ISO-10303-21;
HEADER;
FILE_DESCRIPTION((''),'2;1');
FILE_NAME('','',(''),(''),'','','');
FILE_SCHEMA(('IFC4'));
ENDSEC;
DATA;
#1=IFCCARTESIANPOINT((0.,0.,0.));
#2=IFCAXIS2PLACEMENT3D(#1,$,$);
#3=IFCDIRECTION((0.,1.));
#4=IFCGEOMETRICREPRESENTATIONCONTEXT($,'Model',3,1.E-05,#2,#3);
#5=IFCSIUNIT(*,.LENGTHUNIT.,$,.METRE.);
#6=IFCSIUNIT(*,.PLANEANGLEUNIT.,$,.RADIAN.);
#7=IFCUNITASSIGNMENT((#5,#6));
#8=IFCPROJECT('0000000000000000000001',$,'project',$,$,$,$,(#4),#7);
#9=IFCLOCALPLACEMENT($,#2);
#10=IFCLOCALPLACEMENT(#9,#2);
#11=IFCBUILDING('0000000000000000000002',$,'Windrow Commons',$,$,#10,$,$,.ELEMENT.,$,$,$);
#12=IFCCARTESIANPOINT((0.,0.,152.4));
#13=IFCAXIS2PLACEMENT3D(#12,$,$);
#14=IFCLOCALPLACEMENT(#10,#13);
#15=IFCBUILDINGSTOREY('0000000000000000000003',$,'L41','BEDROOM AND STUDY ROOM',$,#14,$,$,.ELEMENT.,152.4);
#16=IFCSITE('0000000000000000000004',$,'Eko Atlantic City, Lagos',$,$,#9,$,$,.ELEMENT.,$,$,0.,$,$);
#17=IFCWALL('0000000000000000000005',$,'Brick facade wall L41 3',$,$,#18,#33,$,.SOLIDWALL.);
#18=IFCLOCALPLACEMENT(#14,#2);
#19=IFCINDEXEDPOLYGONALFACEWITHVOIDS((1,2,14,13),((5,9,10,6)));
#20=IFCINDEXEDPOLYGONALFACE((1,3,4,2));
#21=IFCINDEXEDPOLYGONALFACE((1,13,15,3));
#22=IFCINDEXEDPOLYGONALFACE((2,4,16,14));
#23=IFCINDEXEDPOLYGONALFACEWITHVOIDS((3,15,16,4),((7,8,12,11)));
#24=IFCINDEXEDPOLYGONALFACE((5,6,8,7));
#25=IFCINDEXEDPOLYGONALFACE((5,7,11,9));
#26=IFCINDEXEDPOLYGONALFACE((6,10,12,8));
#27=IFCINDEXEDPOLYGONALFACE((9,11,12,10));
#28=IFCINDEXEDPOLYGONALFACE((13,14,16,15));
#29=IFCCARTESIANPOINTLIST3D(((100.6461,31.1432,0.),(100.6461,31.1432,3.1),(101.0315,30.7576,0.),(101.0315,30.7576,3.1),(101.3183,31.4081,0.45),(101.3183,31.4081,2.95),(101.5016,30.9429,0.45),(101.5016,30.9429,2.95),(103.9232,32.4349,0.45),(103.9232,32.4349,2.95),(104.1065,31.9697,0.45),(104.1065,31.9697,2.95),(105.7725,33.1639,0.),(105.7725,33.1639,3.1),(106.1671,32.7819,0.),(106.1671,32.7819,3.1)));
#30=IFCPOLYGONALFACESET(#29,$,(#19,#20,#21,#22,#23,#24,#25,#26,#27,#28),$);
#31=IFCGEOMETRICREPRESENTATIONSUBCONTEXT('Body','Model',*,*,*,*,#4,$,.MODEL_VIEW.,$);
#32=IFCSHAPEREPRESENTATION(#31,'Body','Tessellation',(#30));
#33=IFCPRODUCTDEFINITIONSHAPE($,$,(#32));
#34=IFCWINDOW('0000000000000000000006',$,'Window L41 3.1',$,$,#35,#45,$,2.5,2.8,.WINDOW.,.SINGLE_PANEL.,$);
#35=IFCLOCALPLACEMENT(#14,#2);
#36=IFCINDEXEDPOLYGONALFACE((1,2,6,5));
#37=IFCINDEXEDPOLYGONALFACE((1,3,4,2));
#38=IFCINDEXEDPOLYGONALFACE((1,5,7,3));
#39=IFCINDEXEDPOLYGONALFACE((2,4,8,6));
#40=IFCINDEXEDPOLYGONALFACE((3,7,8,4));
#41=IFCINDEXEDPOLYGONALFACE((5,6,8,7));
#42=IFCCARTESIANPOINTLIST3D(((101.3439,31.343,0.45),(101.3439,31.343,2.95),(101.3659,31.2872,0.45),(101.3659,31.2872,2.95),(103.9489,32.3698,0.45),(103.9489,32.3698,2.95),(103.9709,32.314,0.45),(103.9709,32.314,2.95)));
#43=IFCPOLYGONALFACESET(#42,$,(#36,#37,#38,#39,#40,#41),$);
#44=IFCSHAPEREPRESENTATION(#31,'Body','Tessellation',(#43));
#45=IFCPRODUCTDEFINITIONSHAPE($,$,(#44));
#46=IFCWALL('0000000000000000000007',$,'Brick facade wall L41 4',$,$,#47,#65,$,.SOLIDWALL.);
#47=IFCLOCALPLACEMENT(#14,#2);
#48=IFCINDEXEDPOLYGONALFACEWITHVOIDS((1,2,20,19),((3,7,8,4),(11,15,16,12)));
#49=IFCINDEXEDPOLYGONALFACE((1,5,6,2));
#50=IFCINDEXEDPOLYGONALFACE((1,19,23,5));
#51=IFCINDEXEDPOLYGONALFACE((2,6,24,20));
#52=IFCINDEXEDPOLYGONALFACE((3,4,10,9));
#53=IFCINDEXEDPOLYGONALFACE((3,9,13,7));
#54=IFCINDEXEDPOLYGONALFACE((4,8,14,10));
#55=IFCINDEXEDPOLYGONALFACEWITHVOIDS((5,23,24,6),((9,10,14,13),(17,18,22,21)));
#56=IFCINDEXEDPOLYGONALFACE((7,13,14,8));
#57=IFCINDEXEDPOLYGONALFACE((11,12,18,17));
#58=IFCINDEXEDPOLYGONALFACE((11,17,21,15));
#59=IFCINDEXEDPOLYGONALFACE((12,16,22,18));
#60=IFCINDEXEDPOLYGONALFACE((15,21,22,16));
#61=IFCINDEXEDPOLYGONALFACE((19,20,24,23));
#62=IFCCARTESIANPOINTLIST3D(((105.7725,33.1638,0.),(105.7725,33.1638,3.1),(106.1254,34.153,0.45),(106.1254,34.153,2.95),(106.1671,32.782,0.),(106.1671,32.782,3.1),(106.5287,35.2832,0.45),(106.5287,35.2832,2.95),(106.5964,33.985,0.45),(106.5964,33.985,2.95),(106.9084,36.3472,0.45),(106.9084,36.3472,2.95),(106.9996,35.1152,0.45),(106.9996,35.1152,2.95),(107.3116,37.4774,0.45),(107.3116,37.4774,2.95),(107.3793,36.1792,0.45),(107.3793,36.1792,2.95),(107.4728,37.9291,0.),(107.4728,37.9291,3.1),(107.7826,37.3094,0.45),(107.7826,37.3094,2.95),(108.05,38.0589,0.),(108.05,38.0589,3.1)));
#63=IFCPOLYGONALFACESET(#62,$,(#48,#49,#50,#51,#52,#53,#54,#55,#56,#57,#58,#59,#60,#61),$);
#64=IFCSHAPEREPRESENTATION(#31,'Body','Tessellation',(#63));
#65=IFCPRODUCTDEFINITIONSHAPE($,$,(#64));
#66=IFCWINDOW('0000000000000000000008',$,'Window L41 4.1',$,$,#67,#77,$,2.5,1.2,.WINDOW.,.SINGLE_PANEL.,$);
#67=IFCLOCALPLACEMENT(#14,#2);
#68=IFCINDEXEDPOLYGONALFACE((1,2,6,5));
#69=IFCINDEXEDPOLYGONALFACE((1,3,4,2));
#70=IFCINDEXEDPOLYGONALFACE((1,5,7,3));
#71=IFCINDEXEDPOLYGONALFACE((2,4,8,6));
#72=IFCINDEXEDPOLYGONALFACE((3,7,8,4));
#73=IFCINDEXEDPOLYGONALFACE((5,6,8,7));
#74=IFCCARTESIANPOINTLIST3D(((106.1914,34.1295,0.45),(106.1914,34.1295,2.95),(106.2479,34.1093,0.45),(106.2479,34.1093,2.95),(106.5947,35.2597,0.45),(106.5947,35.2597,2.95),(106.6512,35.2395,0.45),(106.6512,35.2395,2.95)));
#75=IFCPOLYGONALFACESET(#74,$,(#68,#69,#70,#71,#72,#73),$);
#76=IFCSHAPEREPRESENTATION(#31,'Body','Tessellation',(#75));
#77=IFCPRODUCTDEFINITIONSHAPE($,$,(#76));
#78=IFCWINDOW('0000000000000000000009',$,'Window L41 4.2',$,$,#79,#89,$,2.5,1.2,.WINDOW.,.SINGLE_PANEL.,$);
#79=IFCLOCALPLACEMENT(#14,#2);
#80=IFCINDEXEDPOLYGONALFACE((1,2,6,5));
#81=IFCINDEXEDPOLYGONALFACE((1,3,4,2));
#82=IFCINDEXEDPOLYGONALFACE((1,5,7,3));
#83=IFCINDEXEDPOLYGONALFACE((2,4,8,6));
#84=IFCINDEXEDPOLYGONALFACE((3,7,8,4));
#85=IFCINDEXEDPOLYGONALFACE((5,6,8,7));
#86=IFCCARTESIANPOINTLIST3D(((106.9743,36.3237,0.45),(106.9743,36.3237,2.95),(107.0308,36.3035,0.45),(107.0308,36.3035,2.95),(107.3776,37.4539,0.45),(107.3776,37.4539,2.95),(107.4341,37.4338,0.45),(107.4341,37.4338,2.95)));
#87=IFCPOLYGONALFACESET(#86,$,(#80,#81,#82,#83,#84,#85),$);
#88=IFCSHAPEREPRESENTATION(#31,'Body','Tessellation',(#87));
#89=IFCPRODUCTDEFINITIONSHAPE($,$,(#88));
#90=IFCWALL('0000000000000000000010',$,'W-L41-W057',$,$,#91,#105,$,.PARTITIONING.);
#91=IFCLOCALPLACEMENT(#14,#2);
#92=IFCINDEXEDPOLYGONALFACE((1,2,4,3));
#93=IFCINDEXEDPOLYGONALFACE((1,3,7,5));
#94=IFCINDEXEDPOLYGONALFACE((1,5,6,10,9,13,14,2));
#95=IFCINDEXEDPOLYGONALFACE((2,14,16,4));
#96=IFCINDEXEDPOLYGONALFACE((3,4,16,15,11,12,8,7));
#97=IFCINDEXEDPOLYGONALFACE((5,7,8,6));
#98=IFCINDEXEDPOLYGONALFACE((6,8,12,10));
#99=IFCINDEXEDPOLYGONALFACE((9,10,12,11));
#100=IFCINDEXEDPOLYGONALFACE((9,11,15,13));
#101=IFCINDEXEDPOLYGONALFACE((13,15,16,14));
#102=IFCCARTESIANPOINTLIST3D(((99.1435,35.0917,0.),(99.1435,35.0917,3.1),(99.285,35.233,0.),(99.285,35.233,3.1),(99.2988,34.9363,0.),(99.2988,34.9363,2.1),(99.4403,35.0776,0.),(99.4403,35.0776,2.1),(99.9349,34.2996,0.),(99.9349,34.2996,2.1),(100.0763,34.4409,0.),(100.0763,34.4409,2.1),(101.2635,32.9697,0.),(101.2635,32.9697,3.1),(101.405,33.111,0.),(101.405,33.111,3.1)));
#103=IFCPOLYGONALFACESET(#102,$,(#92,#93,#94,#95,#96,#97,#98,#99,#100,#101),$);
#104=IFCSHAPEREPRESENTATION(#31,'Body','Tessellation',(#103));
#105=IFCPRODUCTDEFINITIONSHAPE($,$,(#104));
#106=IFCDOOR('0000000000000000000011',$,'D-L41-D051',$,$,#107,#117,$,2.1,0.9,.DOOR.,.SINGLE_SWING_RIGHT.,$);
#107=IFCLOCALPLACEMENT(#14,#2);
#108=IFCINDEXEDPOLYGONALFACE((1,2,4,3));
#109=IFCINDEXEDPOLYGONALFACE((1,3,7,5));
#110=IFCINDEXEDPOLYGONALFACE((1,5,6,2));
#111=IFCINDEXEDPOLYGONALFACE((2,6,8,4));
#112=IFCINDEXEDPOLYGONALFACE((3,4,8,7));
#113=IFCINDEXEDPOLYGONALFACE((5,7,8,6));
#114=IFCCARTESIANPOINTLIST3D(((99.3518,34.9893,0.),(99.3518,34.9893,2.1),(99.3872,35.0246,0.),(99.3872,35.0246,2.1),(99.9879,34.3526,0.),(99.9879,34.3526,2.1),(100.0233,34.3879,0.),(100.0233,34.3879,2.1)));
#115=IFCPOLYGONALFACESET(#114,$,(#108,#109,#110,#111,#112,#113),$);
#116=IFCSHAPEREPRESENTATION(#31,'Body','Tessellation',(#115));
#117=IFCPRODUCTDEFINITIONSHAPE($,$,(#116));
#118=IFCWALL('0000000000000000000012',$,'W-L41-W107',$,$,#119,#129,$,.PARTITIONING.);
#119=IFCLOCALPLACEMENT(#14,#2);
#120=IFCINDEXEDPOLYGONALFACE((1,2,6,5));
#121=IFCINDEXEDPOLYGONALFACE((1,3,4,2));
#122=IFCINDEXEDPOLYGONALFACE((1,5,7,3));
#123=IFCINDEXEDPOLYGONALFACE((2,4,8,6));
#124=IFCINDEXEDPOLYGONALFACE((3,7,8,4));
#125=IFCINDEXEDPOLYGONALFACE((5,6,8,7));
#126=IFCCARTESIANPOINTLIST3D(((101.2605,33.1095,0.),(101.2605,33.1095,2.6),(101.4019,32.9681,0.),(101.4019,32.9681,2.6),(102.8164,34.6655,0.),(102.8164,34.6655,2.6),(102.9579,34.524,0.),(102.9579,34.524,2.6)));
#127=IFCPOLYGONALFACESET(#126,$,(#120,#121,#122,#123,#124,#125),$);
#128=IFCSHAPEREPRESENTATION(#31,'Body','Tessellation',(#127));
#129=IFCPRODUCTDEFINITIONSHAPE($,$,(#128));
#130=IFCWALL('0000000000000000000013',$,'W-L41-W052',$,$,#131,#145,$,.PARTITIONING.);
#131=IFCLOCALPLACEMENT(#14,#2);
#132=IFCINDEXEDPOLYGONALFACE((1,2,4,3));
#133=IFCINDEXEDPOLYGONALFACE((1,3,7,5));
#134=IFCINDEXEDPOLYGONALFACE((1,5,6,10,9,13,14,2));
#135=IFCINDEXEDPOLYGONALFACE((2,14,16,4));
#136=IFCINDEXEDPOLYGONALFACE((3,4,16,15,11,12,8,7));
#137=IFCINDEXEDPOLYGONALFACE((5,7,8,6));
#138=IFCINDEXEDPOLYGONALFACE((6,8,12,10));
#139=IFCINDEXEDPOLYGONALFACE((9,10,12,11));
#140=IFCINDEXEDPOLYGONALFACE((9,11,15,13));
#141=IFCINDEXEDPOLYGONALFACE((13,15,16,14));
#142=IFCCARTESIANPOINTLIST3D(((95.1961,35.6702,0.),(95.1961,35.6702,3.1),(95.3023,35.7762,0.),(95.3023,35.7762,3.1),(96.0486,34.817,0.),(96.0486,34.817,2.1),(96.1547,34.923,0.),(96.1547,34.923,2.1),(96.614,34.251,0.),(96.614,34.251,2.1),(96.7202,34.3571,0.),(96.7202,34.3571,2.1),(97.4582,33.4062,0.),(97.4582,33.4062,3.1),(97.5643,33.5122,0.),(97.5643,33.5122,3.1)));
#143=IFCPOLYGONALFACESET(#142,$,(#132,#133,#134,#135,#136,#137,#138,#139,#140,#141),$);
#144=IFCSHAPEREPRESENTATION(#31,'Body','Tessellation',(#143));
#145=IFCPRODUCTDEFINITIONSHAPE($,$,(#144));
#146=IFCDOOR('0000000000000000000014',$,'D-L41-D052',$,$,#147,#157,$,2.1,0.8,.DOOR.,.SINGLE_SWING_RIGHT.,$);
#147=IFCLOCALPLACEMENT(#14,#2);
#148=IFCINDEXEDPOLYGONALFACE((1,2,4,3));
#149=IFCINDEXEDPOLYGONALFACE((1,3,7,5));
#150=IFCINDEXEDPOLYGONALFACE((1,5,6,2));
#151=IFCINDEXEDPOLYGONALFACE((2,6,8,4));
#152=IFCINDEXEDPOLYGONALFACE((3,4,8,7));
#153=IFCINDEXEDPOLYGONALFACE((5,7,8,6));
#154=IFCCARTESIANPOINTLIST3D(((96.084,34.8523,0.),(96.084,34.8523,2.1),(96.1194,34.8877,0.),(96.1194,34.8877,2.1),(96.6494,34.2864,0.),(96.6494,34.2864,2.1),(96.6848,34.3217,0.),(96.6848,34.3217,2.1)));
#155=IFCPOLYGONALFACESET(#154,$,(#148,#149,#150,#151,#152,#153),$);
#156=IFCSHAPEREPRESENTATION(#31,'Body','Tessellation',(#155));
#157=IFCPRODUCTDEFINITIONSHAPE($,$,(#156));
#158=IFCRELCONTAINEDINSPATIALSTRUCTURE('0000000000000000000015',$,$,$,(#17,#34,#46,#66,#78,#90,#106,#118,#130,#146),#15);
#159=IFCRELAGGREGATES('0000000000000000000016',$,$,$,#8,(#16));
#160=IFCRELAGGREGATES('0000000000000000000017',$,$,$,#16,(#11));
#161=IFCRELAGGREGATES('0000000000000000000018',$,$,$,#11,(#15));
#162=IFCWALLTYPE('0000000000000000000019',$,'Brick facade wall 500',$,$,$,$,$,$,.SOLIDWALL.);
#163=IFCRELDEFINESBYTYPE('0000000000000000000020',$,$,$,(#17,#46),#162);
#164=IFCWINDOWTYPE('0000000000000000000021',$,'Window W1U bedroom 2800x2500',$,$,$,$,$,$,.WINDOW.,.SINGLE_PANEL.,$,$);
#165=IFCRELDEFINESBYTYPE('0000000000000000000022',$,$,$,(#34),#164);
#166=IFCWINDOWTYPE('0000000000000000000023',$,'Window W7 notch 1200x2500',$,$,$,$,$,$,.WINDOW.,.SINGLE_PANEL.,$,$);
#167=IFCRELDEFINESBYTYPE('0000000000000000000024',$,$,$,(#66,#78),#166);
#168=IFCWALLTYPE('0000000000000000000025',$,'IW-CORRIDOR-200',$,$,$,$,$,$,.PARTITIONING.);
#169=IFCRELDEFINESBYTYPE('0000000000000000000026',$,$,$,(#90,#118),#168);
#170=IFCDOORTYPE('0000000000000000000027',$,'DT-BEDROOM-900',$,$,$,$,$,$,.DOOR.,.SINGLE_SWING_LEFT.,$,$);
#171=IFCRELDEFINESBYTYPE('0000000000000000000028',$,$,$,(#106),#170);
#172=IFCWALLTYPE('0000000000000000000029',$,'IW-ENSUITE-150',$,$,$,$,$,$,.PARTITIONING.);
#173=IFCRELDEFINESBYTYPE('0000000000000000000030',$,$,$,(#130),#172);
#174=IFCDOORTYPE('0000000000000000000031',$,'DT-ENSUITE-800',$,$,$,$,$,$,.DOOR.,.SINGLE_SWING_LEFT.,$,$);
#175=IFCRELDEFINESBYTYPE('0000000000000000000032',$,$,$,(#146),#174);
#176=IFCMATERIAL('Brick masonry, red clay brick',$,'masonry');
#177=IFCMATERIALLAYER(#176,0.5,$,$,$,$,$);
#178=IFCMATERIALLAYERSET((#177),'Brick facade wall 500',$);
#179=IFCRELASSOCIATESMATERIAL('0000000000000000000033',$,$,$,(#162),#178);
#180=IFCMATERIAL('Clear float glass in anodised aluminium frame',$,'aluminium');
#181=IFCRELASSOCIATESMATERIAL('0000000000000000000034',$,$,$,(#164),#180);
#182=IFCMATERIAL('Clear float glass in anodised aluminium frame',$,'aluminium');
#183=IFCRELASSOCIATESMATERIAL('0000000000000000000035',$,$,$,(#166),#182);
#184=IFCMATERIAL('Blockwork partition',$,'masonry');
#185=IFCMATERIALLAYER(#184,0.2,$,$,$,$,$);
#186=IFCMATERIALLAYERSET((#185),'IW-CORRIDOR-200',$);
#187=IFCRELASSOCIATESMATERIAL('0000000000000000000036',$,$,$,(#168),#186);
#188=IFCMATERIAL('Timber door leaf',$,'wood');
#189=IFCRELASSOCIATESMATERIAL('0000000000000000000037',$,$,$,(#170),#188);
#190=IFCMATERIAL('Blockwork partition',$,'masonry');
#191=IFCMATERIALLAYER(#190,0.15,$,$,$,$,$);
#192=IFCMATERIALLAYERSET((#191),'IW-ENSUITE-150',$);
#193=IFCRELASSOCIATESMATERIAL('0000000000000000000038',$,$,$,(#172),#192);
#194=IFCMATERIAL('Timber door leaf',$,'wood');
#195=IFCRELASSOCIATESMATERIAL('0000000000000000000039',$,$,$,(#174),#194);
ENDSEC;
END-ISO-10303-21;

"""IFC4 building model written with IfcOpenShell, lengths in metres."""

from ifc_helpers import new_model, si_unit, direction, frame, frame_2d, origin, place, context, subcontext, project, spatial, polyline, rectangle, outline, extrude, material, layer, layer_set, type_object, element, fill, save


model = new_model("IFC4")

# Units and contexts
model_context = context("Model", 3, precision=1e-05, world=origin(), true_north=direction((0.0, 1.0)))
body_context = subcontext(model_context, "Body", "Model", "MODEL_VIEW")
ifc_project = project(units=[si_unit("LENGTHUNIT", "METRE"), si_unit("PLANEANGLEUNIT", "RADIAN")], contexts=[model_context])

# Site, building, storey
site_placement = place(None, origin())
site = spatial("IfcSite", under=ifc_project, at=site_placement, Name="Eko Atlantic City, Lagos", CompositionType="ELEMENT", RefElevation=0.0)
building_placement = place(site_placement, origin())
building = spatial("IfcBuilding", under=site, at=building_placement, Name="Windrow Commons", CompositionType="ELEMENT")
storey_placement = place(building_placement, frame((0.0, 0.0, 152.4)))
storey = spatial("IfcBuildingStorey", under=building, at=storey_placement, Name="L41", Description="BEDROOM AND STUDY ROOM", CompositionType="ELEMENT", Elevation=152.4)

# Shared definitions
ifc_material_1 = material(Name="Brick masonry, red clay brick", Category="masonry")
ifc_layer_1 = layer(ifc_material_1, 0.5)
ifc_layer_set_1 = layer_set([ifc_layer_1], Name="Brick facade wall 500")
wall_type_1 = type_object("IfcWallType", Name="Brick facade wall 500", PredefinedType="SOLIDWALL", material=ifc_layer_set_1)
ifc_material_2 = material(Name="Clear float glass in anodised aluminium frame", Category="aluminium")
window_type_1 = type_object("IfcWindowType", Name="Window W1U bedroom 2800x2500", PartitioningType="SINGLE_PANEL", PredefinedType="WINDOW", material=ifc_material_2)

# Shared definitions
ifc_material_3 = material(Name="Clear float glass in anodised aluminium frame", Category="aluminium")
window_type_2 = type_object("IfcWindowType", Name="Window W7 notch 1200x2500", PartitioningType="SINGLE_PANEL", PredefinedType="WINDOW", material=ifc_material_3)

# Wall, opening, window
wall_1_placement = place(storey_placement, frame((100.8388, 30.9504, 0.0), z_axis=(0.0, 0.0, 1.0), x_axis=(0.930334, 0.366712, 0.0)))
wall_1 = element("IfcWall", 1, at=wall_1_placement, inside=storey, type_object=wall_type_1, Name="Brick facade wall L41 3", PredefinedType="SOLIDWALL", context=body_context, shape_type="SweptSolid", body=[
    extrude(outline(polyline([(0.1086, -0.25), (5.6287, -0.25), (5.4017, 0.25), (-0.1086, 0.25), (0.1086, -0.25)])), origin(), (0.0, 0.0, 1.0), 3.1),
])
opening_1_placement = place(wall_1_placement, frame((0.6139, 0.0, 0.45)))
opening_1 = element("IfcOpeningElement", 2, at=opening_1_placement, cuts=wall_1, PredefinedType="OPENING", context=body_context, shape_type="SweptSolid", body=[
    extrude(rectangle(XDim=2.8, YDim=2.5, at=frame_2d((1.4, 1.25))), frame((0.0, 0.26, 0.0), z_axis=(0.0, -1.0, 0.0), x_axis=(1.0, 0.0, 0.0)), (0.0, 0.0, 1.0), 0.52),
])
window_1_placement = place(opening_1_placement, origin())
window_1 = element("IfcWindow", 3, at=window_1_placement, inside=storey, type_object=window_type_1, Name="Window L41 3.1", OverallHeight=2.5, OverallWidth=2.8, PartitioningType="SINGLE_PANEL", PredefinedType="WINDOW", context=body_context, shape_type="SweptSolid", body=[
    extrude(rectangle(XDim=2.8, YDim=2.5, at=frame_2d((1.4, 1.25))), frame((0.0, 0.18, 0.0), z_axis=(0.0, -1.0, 0.0), x_axis=(1.0, 0.0, 0.0)), (0.0, 0.0, 1.0), 0.06),
])
fill(opening_1, window_1)

# Wall, openings, windows
wall_2_placement = place(storey_placement, frame((105.9698, 32.9729, 0.0), z_axis=(0.0, 0.0, 1.0), x_axis=(0.336062, 0.94184, 0.0)))
wall_2 = element("IfcWall", 4, at=wall_2_placement, inside=storey, type_object=wall_type_1, Name="Brick facade wall L41 4", PredefinedType="SOLIDWALL", context=body_context, shape_type="SweptSolid", body=[
    extrude(outline(polyline([(-0.1135, -0.25), (5.4893, -0.25), (5.173, 0.25), (0.1135, 0.25), (-0.1135, -0.25)])), origin(), (0.0, 0.0, 1.0), 3.1),
])
opening_2_placement = place(wall_2_placement, frame((1.1638, 0.0, 0.45)))
opening_2 = element("IfcOpeningElement", 5, at=opening_2_placement, cuts=wall_2, PredefinedType="OPENING", context=body_context, shape_type="SweptSolid", body=[
    extrude(rectangle(XDim=1.2, YDim=2.5, at=frame_2d((0.6, 1.25))), frame((0.0, 0.26, 0.0), z_axis=(0.0, -1.0, 0.0), x_axis=(1.0, 0.0, 0.0)), (0.0, 0.0, 1.0), 0.52),
])
opening_3_placement = place(wall_2_placement, frame((3.4935, 0.0, 0.45)))
opening_3 = element("IfcOpeningElement", 6, at=opening_3_placement, cuts=wall_2, PredefinedType="OPENING", context=body_context, shape_type="SweptSolid", body=[
    extrude(rectangle(XDim=1.2, YDim=2.5, at=frame_2d((0.6, 1.25))), frame((0.0, 0.26, 0.0), z_axis=(0.0, -1.0, 0.0), x_axis=(1.0, 0.0, 0.0)), (0.0, 0.0, 1.0), 0.52),
])
window_2_placement = place(opening_2_placement, origin())
window_2 = element("IfcWindow", 7, at=window_2_placement, inside=storey, type_object=window_type_2, Name="Window L41 4.1", OverallHeight=2.5, OverallWidth=1.2, PartitioningType="SINGLE_PANEL", PredefinedType="WINDOW", context=body_context, shape_type="SweptSolid", body=[
    extrude(rectangle(XDim=1.2, YDim=2.5, at=frame_2d((0.6, 1.25))), frame((0.0, 0.18, 0.0), z_axis=(0.0, -1.0, 0.0), x_axis=(1.0, 0.0, 0.0)), (0.0, 0.0, 1.0), 0.06),
])
fill(opening_2, window_2)
window_3_placement = place(opening_3_placement, origin())
window_3 = element("IfcWindow", 8, at=window_3_placement, inside=storey, type_object=window_type_2, Name="Window L41 4.2", OverallHeight=2.5, OverallWidth=1.2, PartitioningType="SINGLE_PANEL", PredefinedType="WINDOW", context=body_context, shape_type="SweptSolid", body=[
    extrude(rectangle(XDim=1.2, YDim=2.5, at=frame_2d((0.6, 1.25))), frame((0.0, 0.18, 0.0), z_axis=(0.0, -1.0, 0.0), x_axis=(1.0, 0.0, 0.0)), (0.0, 0.0, 1.0), 0.06),
])
fill(opening_3, window_3)

# Wall, opening, door
ifc_material_4 = material(Name="Blockwork partition", Category="masonry")
ifc_layer_2 = layer(ifc_material_4, 0.2)
ifc_layer_set_2 = layer_set([ifc_layer_2], Name="IW-CORRIDOR-200")
wall_type_2 = type_object("IfcWallType", Name="IW-CORRIDOR-200", PredefinedType="PARTITIONING", material=ifc_layer_set_2)
wall_3_placement = place(storey_placement, frame((99.2143, 35.1623, 0.0), z_axis=(0.0, 0.0, 1.0), x_axis=(0.706773, -0.70744, 0.0)))
wall_3 = element("IfcWall", 9, at=wall_3_placement, inside=storey, type_object=wall_type_2, Name="W-L41-W057", PredefinedType="PARTITIONING", context=body_context, shape_type="SweptSolid", body=[
    extrude(rectangle(XDim=2.9995, YDim=0.2, at=frame_2d((1.4997, 0.0))), origin(), (0.0, 0.0, 1.0), 3.1),
])
opening_4_placement = place(wall_3_placement, frame((0.2196, 0.0, 0.0)))
opening_4 = element("IfcOpeningElement", 10, at=opening_4_placement, cuts=wall_3, PredefinedType="OPENING", context=body_context, shape_type="SweptSolid", body=[
    extrude(rectangle(XDim=0.9, YDim=2.1, at=frame_2d((0.45, 1.05))), frame((0.0, 0.11, 0.0), z_axis=(0.0, -1.0, 0.0), x_axis=(1.0, 0.0, 0.0)), (0.0, 0.0, 1.0), 0.22),
])
ifc_material_5 = material(Name="Timber door leaf", Category="wood")
door_type_1 = type_object("IfcDoorType", Name="DT-BEDROOM-900", OperationType="SINGLE_SWING_LEFT", PredefinedType="DOOR", material=ifc_material_5)
door_1_placement = place(opening_4_placement, origin())
door_1 = element("IfcDoor", 11, at=door_1_placement, inside=storey, type_object=door_type_1, Name="D-L41-D051", OperationType="SINGLE_SWING_RIGHT", OverallHeight=2.1, OverallWidth=0.9, PredefinedType="DOOR", context=body_context, shape_type="SweptSolid", body=[
    extrude(rectangle(XDim=0.9, YDim=2.1, at=frame_2d((0.45, 1.05))), frame((0.0, 0.025, 0.0), z_axis=(0.0, -1.0, 0.0), x_axis=(1.0, 0.0, 0.0)), (0.0, 0.0, 1.0), 0.05),
])
fill(opening_4, door_1)

# Wall
wall_4_placement = place(storey_placement, frame((101.3312, 33.0388, 0.0), z_axis=(0.0, 0.0, 1.0), x_axis=(0.707107, 0.707107, 0.0)))
element("IfcWall", 12, at=wall_4_placement, inside=storey, type_object=wall_type_2, Name="W-L41-W107", PredefinedType="PARTITIONING", context=body_context, shape_type="SweptSolid", body=[
    extrude(rectangle(XDim=2.2005, YDim=0.2, at=frame_2d((1.1002, 0.0))), origin(), (0.0, 0.0, 1.0), 2.6),
])

# Wall, opening, door
ifc_material_6 = material(Name="Blockwork partition", Category="masonry")
ifc_layer_3 = layer(ifc_material_6, 0.15)
ifc_layer_set_3 = layer_set([ifc_layer_3], Name="IW-ENSUITE-150")
wall_type_3 = type_object("IfcWallType", Name="IW-ENSUITE-150", PredefinedType="PARTITIONING", material=ifc_layer_set_3)
wall_5_placement = place(storey_placement, frame((95.2492, 35.7232, 0.0), z_axis=(0.0, 0.0, 1.0), x_axis=(0.706794, -0.707419, 0.0)))
wall_5 = element("IfcWall", 13, at=wall_5_placement, inside=storey, type_object=wall_type_3, Name="W-L41-W052", PredefinedType="PARTITIONING", context=body_context, shape_type="SweptSolid", body=[
    extrude(rectangle(XDim=3.2004, YDim=0.15, at=frame_2d((1.6002, 0.0))), origin(), (0.0, 0.0, 1.0), 3.1),
])
opening_5_placement = place(wall_5_placement, frame((1.2061, 0.0, 0.0)))
opening_5 = element("IfcOpeningElement", 14, at=opening_5_placement, cuts=wall_5, PredefinedType="OPENING", context=body_context, shape_type="SweptSolid", body=[
    extrude(rectangle(XDim=0.8, YDim=2.1, at=frame_2d((0.4, 1.05))), frame((0.0, 0.085, 0.0), z_axis=(0.0, -1.0, 0.0), x_axis=(1.0, 0.0, 0.0)), (0.0, 0.0, 1.0), 0.17),
])
ifc_material_7 = material(Name="Timber door leaf", Category="wood")
door_type_2 = type_object("IfcDoorType", Name="DT-ENSUITE-800", OperationType="SINGLE_SWING_LEFT", PredefinedType="DOOR", material=ifc_material_7)
door_2_placement = place(opening_5_placement, origin())
door_2 = element("IfcDoor", 15, at=door_2_placement, inside=storey, type_object=door_type_2, Name="D-L41-D052", OperationType="SINGLE_SWING_RIGHT", OverallHeight=2.1, OverallWidth=0.8, PredefinedType="DOOR", context=body_context, shape_type="SweptSolid", body=[
    extrude(rectangle(XDim=0.8, YDim=2.1, at=frame_2d((0.4, 1.05))), frame((0.0, 0.025, 0.0), z_axis=(0.0, -1.0, 0.0), x_axis=(1.0, 0.0, 0.0)), (0.0, 0.0, 1.0), 0.05),
])
fill(opening_5, door_2)

save(model, "model.ifc")
